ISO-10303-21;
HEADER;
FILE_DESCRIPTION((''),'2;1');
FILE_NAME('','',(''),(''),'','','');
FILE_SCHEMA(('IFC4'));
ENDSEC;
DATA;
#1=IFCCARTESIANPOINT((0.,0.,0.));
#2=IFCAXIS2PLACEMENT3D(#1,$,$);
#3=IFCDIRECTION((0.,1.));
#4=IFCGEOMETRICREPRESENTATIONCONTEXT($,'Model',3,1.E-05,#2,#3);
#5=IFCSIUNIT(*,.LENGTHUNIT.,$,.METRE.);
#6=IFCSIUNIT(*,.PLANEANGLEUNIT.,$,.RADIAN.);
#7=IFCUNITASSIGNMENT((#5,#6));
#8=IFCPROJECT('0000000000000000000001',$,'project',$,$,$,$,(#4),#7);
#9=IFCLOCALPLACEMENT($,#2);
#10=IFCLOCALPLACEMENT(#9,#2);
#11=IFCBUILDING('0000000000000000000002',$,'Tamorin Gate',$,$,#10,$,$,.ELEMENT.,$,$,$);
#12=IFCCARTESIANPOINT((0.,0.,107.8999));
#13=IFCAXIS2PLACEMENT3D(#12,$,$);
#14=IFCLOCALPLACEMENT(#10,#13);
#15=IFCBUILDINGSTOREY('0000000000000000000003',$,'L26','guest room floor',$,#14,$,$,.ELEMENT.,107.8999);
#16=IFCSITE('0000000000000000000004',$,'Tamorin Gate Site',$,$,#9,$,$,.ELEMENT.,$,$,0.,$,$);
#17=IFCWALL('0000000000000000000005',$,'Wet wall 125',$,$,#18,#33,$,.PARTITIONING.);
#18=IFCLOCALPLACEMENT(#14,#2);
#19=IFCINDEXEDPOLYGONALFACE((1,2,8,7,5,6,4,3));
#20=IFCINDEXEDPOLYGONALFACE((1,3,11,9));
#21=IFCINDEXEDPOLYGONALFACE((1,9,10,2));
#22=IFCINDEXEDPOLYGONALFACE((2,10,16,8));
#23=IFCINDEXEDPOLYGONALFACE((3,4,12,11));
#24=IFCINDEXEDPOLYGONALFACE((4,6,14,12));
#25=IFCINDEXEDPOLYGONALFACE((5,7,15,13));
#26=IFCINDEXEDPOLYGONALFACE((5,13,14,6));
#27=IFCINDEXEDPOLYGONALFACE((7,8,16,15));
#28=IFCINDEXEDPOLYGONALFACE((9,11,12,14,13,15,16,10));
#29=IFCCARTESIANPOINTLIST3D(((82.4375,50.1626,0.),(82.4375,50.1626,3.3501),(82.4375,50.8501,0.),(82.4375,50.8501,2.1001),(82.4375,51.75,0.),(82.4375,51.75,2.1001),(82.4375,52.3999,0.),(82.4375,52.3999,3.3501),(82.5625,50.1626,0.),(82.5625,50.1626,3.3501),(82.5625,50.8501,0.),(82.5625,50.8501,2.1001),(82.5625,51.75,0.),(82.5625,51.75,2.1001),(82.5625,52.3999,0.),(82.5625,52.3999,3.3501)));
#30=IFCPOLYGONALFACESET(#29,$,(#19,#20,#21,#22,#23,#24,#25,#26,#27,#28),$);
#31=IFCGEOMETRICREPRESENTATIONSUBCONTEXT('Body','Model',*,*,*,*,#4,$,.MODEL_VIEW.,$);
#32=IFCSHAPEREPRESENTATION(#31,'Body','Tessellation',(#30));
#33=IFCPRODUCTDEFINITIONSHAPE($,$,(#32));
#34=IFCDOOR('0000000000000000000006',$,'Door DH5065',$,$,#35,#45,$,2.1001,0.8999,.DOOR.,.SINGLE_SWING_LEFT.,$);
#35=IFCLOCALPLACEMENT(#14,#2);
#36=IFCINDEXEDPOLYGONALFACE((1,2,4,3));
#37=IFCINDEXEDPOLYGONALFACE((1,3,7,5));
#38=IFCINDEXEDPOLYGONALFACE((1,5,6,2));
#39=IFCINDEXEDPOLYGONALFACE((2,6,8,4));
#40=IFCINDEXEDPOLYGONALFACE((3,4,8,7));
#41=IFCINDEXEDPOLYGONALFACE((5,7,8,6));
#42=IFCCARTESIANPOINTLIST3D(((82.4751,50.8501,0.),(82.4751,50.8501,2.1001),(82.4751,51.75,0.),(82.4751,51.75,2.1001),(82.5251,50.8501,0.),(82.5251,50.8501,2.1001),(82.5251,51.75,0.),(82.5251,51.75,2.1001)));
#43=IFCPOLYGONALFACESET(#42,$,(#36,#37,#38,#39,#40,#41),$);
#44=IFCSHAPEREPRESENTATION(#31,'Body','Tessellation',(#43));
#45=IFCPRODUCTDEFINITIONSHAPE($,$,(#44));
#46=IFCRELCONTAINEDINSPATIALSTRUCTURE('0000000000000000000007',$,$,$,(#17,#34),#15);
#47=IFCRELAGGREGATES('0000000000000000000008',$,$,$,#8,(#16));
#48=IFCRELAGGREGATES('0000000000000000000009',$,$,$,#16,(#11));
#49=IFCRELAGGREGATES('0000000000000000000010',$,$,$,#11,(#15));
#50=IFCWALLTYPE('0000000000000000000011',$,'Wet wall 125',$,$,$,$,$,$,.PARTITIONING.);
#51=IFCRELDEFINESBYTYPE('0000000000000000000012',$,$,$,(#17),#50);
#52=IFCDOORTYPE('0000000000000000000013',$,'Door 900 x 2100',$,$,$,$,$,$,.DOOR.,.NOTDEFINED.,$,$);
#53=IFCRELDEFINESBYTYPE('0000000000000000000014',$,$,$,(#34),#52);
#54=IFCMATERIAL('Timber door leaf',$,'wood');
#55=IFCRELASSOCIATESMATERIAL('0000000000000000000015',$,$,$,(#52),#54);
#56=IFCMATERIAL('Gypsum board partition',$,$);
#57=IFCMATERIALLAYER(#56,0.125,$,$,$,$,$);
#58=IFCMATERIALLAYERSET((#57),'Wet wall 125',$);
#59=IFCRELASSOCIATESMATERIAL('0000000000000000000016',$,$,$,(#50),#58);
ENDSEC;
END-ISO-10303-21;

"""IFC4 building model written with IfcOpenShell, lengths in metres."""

from ifc_helpers import new_model, si_unit, direction, frame, frame_2d, origin, place, context, subcontext, project, spatial, rectangle, extrude, material, layer, layer_set, type_object, element, fill, save


model = new_model("IFC4")

# Units and contexts
model_context = context("Model", 3, precision=1e-05, world=origin(), true_north=direction((0.0, 1.0)))
body_context = subcontext(model_context, "Body", "Model", "MODEL_VIEW")
ifc_project = project(units=[si_unit("LENGTHUNIT", "METRE"), si_unit("PLANEANGLEUNIT", "RADIAN")], contexts=[model_context])

# Site, building, storey
site_placement = place(None, origin())
site = spatial("IfcSite", under=ifc_project, at=site_placement, Name="Tamorin Gate Site", CompositionType="ELEMENT", RefElevation=0.0)
building_placement = place(site_placement, origin())
building = spatial("IfcBuilding", under=site, at=building_placement, Name="Tamorin Gate", CompositionType="ELEMENT")
storey_placement = place(building_placement, frame((0.0, 0.0, 107.8999)))
storey = spatial("IfcBuildingStorey", under=building, at=storey_placement, Name="L26", Description="guest room floor", CompositionType="ELEMENT", Elevation=107.8999)

# Shared definitions
ifc_material_1 = material(Name="Gypsum board partition")
ifc_material_2 = material(Name="Timber door leaf", Category="wood")
door_type = type_object("IfcDoorType", Name="Door 900 x 2100", OperationType="NOTDEFINED", PredefinedType="DOOR", material=ifc_material_2)

# Shared definitions
ifc_layer_1 = layer(ifc_material_1, 0.125)
ifc_layer_set_1 = layer_set([ifc_layer_1], Name="Wet wall 125")
wall_type_1 = type_object("IfcWallType", Name="Wet wall 125", PredefinedType="PARTITIONING", material=ifc_layer_set_1)

# Wall, opening, door
wall_1_placement = place(storey_placement, frame((82.5, 50.1626, 0.0), z_axis=(0.0, 0.0, 1.0), x_axis=(0.0, 1.0, 0.0)))
wall_1 = element("IfcWall", 1, at=wall_1_placement, inside=storey, type_object=wall_type_1, Name="Wet wall 125", PredefinedType="PARTITIONING", context=body_context, shape_type="SweptSolid", body=[
    extrude(rectangle(XDim=2.2373, YDim=0.125, at=frame_2d((1.1187, 0.0))), origin(), (0.0, 0.0, 1.0), 3.3501),
])
opening_1_placement = place(wall_1_placement, frame((0.6875, 0.0, 0.0)))
opening_1 = element("IfcOpeningElement", 2, at=opening_1_placement, cuts=wall_1, PredefinedType="OPENING", context=body_context, shape_type="SweptSolid", body=[
    extrude(rectangle(XDim=0.8999, YDim=2.1001, at=frame_2d((0.45, 1.05))), frame((0.0, 0.0725, 0.0), z_axis=(0.0, -1.0, 0.0), x_axis=(1.0, 0.0, 0.0)), (0.0, 0.0, 1.0), 0.145),
])
door_1_placement = place(opening_1_placement, origin())
door_1 = element("IfcDoor", 3, at=door_1_placement, inside=storey, type_object=door_type, Name="Door DH5065", OperationType="SINGLE_SWING_LEFT", OverallHeight=2.1001, OverallWidth=0.8999, PredefinedType="DOOR", context=body_context, shape_type="SweptSolid", body=[
    extrude(rectangle(XDim=0.8999, YDim=2.1001, at=frame_2d((0.45, 1.05))), frame((0.0, 0.0249, 0.0), z_axis=(0.0, -1.0, 0.0), x_axis=(1.0, 0.0, 0.0)), (0.0, 0.0, 1.0), 0.05),
])
fill(opening_1, door_1)

save(model, "model.ifc")
